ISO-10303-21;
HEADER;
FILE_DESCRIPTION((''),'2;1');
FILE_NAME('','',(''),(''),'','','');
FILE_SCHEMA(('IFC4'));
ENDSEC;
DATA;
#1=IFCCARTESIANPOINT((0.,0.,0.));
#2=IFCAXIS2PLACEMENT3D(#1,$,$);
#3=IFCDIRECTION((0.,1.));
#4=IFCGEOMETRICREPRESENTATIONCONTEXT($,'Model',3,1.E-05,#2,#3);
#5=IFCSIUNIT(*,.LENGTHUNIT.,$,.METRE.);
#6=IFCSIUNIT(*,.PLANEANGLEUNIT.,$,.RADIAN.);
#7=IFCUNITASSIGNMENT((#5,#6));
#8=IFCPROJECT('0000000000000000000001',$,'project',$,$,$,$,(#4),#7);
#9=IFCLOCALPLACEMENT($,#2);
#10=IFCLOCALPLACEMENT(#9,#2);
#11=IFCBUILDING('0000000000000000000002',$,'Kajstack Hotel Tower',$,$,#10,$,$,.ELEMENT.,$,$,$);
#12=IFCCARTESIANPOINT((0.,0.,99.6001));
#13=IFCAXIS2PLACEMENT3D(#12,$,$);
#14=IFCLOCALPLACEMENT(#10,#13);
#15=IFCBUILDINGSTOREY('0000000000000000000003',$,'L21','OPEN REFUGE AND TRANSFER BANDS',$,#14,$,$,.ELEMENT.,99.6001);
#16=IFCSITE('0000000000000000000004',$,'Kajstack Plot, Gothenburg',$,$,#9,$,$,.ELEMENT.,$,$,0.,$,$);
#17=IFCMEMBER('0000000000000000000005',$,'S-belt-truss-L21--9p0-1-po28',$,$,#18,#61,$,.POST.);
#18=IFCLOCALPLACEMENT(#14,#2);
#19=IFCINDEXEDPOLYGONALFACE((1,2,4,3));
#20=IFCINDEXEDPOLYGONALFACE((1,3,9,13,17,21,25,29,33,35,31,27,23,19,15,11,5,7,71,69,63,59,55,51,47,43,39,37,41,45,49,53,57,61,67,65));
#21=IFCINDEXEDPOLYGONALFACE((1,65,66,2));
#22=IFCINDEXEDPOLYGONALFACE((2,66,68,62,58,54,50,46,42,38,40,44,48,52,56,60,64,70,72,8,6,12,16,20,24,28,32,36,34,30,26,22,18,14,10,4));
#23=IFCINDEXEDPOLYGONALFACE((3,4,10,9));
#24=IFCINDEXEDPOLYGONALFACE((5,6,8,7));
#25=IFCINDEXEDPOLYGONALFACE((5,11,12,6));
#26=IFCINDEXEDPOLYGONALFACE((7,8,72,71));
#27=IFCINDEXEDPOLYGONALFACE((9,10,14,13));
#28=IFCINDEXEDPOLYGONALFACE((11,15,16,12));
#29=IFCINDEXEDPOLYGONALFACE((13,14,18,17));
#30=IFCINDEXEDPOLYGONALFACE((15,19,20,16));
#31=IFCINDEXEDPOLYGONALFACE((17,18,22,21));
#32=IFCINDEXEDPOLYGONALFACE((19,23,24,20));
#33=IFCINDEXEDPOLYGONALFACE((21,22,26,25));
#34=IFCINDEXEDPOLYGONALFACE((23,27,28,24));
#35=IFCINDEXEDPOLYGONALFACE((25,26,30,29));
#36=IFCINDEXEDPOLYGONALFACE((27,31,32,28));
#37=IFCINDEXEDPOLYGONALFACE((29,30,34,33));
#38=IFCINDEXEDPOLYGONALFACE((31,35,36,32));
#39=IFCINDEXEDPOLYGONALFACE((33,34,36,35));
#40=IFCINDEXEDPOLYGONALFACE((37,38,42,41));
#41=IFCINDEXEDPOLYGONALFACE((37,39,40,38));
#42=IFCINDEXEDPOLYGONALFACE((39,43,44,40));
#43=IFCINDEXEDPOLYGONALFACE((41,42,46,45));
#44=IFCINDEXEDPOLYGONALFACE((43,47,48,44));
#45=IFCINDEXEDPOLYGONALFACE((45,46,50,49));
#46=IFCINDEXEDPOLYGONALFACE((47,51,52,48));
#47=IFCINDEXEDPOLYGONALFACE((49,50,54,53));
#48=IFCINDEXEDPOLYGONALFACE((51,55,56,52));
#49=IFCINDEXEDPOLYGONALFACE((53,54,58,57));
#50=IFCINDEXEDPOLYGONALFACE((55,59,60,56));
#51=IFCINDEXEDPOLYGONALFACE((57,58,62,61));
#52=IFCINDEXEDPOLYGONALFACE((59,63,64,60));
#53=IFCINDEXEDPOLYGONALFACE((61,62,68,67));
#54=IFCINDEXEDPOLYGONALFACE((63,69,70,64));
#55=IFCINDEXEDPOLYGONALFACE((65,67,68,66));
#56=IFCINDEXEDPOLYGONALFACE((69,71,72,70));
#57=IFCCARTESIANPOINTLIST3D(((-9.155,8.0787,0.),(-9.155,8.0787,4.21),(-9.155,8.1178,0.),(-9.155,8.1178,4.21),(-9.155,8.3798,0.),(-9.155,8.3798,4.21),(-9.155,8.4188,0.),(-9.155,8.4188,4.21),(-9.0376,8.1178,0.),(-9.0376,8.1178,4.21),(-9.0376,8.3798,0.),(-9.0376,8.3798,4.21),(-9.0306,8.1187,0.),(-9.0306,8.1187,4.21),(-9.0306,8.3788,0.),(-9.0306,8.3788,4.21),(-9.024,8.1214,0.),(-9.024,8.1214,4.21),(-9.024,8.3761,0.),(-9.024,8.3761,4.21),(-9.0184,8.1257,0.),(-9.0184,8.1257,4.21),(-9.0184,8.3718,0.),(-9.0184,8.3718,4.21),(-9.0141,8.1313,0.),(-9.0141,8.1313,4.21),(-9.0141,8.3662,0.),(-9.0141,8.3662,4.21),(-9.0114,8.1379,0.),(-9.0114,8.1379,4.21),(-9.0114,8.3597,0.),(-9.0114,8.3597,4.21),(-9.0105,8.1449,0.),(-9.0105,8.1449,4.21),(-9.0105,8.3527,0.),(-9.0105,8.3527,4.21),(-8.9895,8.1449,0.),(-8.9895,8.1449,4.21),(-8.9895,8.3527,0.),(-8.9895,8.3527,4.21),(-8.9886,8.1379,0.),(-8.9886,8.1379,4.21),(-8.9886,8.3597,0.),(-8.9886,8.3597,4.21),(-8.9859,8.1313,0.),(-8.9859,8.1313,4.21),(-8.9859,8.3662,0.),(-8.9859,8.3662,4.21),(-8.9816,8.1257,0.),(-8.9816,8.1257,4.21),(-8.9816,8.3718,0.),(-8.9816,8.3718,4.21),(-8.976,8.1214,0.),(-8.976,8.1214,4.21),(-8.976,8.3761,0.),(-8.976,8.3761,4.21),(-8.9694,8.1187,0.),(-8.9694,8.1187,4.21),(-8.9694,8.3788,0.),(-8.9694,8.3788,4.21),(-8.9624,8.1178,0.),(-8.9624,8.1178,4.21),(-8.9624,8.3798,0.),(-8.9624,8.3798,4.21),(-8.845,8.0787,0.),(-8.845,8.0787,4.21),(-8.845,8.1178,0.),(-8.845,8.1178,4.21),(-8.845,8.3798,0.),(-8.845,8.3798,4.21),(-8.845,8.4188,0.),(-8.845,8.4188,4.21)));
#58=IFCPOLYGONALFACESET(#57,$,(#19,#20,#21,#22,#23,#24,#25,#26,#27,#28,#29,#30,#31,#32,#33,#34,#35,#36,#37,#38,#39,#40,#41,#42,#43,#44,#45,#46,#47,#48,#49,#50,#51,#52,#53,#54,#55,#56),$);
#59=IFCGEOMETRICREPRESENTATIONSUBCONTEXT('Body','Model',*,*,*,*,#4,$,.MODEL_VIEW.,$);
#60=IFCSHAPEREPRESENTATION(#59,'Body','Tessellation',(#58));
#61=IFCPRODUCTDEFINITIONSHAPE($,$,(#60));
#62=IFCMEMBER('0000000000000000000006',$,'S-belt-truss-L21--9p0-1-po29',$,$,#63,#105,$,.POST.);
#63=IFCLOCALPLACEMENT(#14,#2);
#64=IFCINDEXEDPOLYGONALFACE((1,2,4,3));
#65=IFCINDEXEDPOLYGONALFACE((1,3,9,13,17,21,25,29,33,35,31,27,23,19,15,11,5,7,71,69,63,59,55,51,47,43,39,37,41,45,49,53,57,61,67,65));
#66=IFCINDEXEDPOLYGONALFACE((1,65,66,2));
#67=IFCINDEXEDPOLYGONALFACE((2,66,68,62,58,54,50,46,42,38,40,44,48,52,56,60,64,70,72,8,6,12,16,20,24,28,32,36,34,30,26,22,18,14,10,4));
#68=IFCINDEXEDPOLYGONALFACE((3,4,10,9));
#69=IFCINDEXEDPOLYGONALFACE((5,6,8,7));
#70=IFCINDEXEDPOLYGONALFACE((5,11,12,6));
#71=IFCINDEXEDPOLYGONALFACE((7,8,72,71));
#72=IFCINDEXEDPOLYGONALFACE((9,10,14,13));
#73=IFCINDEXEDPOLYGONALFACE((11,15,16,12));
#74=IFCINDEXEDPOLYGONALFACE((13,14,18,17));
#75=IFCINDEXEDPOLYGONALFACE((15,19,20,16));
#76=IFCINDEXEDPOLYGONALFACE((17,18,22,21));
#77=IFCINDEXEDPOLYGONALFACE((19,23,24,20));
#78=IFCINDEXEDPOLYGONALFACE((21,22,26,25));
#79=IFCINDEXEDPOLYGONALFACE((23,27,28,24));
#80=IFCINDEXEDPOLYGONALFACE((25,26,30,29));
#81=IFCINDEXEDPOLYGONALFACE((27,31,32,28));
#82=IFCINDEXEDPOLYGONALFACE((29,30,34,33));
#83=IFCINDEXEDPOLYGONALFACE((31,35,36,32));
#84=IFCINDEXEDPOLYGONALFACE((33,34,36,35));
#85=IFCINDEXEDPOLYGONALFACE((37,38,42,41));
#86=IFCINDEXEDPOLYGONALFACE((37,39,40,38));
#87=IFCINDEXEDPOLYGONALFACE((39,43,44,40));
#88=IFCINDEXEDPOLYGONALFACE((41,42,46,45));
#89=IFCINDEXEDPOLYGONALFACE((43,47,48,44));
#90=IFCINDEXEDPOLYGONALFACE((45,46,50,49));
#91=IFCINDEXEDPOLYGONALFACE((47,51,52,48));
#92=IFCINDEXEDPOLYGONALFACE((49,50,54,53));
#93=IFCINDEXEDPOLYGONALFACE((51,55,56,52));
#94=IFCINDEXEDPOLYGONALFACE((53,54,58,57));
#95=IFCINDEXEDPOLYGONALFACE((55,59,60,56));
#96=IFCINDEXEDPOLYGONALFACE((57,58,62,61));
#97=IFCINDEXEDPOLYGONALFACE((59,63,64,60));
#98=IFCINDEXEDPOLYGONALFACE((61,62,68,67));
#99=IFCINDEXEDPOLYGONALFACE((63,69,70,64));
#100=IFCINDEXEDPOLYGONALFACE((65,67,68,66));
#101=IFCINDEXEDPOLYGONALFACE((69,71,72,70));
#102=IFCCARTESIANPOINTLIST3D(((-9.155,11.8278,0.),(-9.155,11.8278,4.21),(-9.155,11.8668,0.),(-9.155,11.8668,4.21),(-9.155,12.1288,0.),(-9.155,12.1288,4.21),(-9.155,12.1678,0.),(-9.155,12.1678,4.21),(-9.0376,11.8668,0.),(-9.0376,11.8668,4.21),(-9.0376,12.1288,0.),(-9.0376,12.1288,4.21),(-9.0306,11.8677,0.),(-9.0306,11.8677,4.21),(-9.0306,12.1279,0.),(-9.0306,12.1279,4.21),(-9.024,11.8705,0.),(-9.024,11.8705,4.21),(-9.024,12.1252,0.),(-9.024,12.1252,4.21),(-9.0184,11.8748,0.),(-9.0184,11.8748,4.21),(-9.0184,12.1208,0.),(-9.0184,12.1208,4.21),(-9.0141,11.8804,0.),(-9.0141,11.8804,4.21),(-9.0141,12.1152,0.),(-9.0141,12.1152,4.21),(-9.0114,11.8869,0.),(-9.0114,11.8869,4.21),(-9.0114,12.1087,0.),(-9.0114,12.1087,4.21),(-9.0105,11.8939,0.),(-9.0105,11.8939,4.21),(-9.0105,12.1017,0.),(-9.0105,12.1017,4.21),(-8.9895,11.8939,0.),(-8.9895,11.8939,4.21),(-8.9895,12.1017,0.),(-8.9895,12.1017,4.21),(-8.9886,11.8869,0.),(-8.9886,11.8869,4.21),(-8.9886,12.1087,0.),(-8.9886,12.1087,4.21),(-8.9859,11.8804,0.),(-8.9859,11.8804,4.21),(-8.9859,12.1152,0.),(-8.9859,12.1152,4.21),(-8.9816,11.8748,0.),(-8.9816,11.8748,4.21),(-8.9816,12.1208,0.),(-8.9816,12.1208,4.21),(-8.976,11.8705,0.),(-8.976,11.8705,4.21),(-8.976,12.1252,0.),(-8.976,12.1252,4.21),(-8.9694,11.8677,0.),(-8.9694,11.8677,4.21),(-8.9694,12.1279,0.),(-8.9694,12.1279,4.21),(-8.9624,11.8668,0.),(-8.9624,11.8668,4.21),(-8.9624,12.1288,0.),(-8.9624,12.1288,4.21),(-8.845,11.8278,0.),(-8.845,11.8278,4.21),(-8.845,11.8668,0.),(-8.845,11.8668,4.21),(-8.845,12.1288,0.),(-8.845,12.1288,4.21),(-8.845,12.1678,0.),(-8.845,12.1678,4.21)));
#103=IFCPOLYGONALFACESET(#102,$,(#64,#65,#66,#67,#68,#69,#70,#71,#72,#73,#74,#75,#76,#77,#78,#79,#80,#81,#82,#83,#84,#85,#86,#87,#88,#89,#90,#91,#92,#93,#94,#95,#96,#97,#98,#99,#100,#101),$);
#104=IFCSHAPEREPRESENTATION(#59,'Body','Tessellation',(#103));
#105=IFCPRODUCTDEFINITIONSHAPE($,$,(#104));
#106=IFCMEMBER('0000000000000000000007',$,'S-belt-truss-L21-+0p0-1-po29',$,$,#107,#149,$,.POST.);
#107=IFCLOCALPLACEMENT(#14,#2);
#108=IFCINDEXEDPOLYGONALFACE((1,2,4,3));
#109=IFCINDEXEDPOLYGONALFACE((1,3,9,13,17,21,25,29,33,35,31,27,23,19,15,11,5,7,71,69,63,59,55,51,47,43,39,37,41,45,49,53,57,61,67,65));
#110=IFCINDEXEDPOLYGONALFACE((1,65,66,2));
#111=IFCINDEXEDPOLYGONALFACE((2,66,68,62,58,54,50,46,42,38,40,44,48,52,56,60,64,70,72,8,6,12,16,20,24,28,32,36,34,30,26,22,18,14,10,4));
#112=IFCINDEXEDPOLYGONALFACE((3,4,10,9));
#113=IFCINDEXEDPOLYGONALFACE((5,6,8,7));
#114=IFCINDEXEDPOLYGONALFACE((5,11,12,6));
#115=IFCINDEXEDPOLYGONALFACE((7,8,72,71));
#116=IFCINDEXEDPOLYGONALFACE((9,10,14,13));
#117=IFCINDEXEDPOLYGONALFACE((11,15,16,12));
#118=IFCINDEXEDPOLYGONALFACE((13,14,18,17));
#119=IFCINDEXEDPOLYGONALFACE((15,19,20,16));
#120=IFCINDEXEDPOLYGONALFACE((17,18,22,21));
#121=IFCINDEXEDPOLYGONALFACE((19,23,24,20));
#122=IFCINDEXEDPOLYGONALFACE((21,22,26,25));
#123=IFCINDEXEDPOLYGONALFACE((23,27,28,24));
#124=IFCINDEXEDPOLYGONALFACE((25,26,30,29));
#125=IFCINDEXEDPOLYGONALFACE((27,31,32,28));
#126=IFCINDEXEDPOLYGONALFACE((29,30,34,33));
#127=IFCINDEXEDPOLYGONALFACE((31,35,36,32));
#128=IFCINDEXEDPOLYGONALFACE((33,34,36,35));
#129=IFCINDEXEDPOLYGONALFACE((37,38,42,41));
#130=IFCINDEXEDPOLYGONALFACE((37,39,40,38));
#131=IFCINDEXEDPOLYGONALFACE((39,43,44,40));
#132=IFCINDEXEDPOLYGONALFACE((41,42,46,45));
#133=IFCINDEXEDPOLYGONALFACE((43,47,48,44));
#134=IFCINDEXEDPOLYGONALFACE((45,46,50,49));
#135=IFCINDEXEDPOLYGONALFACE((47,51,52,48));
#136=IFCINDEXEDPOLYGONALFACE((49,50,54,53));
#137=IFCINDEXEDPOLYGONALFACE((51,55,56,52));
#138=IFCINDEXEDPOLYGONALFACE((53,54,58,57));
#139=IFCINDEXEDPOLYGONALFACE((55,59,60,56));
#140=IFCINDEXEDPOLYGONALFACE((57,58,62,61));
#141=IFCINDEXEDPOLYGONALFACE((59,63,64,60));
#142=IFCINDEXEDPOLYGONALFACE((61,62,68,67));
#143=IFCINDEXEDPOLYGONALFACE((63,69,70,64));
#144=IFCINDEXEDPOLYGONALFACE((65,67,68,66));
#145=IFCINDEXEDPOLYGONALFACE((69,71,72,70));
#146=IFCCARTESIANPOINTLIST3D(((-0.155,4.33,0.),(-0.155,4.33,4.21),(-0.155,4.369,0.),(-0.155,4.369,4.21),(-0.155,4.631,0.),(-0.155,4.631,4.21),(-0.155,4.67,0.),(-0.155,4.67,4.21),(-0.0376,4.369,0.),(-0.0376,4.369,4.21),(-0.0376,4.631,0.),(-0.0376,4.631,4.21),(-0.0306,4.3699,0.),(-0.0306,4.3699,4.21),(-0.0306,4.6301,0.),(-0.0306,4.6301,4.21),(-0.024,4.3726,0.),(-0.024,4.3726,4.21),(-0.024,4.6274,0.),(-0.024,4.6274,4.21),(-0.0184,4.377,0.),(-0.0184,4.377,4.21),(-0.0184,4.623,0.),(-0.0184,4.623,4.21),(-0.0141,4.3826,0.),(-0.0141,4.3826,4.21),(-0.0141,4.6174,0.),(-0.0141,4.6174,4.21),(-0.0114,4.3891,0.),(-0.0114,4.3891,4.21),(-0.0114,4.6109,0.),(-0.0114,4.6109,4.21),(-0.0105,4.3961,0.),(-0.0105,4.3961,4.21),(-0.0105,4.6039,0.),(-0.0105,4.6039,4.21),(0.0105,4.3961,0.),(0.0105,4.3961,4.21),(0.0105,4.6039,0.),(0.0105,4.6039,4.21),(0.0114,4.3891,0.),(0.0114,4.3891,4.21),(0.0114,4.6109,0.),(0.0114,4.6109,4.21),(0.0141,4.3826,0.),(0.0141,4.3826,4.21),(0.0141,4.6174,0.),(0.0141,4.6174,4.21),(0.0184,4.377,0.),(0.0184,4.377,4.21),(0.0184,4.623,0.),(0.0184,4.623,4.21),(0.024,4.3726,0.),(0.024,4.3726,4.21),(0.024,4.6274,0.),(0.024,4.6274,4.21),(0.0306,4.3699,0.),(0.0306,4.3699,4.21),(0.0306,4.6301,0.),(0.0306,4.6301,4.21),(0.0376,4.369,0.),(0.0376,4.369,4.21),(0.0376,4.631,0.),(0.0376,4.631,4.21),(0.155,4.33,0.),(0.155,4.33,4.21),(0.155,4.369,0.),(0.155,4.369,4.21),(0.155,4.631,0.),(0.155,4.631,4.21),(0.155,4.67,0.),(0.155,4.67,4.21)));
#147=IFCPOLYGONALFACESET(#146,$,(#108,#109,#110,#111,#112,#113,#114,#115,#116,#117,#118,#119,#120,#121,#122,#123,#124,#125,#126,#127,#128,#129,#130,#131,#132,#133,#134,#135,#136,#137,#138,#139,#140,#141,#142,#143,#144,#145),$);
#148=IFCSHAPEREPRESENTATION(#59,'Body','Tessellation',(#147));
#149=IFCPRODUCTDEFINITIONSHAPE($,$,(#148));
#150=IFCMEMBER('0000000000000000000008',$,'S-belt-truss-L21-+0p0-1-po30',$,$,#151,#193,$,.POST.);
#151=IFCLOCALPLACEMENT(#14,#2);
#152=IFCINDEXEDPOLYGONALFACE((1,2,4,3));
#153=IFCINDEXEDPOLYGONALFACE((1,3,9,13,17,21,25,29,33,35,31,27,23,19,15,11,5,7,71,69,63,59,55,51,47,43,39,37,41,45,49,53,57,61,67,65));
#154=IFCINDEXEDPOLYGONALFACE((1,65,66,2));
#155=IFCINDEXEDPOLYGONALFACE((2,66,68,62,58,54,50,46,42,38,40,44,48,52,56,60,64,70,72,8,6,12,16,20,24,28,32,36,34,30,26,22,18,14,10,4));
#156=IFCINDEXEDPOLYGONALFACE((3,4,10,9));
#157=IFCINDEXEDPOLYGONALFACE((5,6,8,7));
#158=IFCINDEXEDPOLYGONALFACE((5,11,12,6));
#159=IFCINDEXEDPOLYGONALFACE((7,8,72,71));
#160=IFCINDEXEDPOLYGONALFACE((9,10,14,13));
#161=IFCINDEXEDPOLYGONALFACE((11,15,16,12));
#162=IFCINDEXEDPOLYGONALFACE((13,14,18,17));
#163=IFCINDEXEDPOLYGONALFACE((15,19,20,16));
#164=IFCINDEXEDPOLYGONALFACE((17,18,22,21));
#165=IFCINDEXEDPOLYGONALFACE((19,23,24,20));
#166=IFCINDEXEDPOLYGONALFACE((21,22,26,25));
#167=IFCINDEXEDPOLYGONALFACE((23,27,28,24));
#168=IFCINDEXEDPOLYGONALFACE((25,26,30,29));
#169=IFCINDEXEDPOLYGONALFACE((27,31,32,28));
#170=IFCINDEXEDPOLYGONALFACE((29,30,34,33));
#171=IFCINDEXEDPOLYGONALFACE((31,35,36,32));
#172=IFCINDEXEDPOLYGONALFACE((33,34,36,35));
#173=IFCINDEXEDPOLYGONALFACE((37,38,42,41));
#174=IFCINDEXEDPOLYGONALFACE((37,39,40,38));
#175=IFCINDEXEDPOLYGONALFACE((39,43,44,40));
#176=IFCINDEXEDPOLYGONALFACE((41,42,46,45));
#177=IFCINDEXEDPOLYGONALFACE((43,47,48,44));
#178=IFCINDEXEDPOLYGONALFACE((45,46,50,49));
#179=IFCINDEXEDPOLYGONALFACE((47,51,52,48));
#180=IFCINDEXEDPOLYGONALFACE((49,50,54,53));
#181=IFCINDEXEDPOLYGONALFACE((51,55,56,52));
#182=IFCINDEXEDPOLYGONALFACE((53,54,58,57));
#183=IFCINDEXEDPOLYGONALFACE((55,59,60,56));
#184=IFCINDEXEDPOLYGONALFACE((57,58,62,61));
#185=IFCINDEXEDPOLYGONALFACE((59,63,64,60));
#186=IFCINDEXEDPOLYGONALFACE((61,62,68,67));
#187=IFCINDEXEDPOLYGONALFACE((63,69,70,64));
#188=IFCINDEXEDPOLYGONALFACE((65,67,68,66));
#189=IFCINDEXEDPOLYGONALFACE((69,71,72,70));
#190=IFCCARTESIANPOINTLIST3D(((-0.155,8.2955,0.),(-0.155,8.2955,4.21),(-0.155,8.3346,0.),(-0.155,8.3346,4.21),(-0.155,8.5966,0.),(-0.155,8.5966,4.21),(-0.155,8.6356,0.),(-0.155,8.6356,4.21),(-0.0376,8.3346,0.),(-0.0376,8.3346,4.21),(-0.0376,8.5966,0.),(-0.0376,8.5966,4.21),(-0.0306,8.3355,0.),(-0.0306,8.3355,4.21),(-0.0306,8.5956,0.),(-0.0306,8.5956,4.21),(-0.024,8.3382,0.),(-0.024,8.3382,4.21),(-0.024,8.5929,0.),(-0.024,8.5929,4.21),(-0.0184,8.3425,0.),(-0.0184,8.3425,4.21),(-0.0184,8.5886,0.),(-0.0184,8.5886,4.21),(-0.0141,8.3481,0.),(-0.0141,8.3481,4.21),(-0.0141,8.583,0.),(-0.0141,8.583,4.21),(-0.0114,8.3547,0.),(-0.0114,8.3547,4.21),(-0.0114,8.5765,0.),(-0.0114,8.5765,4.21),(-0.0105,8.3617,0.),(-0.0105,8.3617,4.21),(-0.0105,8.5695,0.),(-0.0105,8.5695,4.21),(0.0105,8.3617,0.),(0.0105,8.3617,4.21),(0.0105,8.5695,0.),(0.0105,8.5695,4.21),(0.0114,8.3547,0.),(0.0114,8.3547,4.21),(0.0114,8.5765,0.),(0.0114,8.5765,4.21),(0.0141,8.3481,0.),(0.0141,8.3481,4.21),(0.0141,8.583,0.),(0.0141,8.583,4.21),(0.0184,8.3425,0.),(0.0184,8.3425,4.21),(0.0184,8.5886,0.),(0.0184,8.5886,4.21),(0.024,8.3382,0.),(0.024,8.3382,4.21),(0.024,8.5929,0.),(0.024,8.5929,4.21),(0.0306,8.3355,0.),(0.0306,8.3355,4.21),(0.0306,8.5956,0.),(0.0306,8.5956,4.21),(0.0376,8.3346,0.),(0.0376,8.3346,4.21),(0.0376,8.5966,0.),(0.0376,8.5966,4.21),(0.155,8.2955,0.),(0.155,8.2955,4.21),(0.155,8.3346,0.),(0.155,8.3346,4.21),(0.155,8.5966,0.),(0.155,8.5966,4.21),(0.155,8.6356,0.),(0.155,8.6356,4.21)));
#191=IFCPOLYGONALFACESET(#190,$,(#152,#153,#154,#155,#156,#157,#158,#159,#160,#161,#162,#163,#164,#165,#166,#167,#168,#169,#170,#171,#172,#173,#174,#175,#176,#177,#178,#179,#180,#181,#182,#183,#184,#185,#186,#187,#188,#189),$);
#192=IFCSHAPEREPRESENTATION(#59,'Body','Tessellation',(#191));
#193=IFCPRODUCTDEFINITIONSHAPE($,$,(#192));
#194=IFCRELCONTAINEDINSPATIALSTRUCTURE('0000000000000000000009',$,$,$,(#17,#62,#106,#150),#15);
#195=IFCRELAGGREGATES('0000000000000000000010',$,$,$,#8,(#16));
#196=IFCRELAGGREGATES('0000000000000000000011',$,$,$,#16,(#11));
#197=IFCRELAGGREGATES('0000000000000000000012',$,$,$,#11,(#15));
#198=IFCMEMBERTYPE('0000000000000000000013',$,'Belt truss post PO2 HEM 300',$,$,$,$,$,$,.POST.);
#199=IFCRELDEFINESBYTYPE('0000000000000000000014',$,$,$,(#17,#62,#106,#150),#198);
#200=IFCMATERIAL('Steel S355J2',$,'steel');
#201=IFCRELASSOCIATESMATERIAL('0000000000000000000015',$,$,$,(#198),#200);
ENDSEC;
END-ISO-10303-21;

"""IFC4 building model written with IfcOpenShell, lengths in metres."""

from ifc_helpers import new_model, si_unit, direction, frame, origin, origin_2d, place, context, subcontext, project, spatial, i_section, extrude, material, material_profile, profile_set, type_object, element, save


model = new_model("IFC4")

# Units and contexts
model_context = context("Model", 3, precision=1e-05, world=origin(), true_north=direction((0.0, 1.0)))
body_context = subcontext(model_context, "Body", "Model", "MODEL_VIEW")
ifc_project = project(units=[si_unit("LENGTHUNIT", "METRE"), si_unit("PLANEANGLEUNIT", "RADIAN")], contexts=[model_context])

# Site, building, storey
site_placement = place(None, origin())
site = spatial("IfcSite", under=ifc_project, at=site_placement, Name="Kajstack Plot, Gothenburg", CompositionType="ELEMENT", RefElevation=0.0)
building_placement = place(site_placement, origin())
building = spatial("IfcBuilding", under=site, at=building_placement, Name="Kajstack Hotel Tower", CompositionType="ELEMENT")
storey_placement = place(building_placement, frame((0.0, 0.0, 99.6001)))
storey = spatial("IfcBuildingStorey", under=building, at=storey_placement, Name="L21", Description="OPEN REFUGE AND TRANSFER BANDS", CompositionType="ELEMENT", Elevation=99.6001)

# Members
ifc_material_1 = material(Name="Steel S355J2", Category="steel")
ifc_material_profile_1 = material_profile(ifc_material_1, i_section(OverallWidth=0.3101, OverallDepth=0.3401, WebThickness=0.021, FlangeThickness=0.0391, FilletRadius=0.0271, at=origin_2d()), Name="HEM 300")
ifc_profile_set_1 = profile_set([ifc_material_profile_1], Name="Steel S355J2")
member_type_1 = type_object("IfcMemberType", Name="Belt truss post PO2 HEM 300", PredefinedType="POST", material=ifc_profile_set_1)
for number, where, z_axis, x_axis, name in (
    (1, (-9.0, 8.2488, 0.0), (0.0, 0.0, 1.0), (1.0, 0.0, 0.0), "S-belt-truss-L21--9p0-1-po28"),
    (2, (-9.0, 11.9978, 0.0), (0.0, 0.0, 1.0), (1.0, 0.0, 0.0), "S-belt-truss-L21--9p0-1-po29"),
    (3, (0.0, 4.5, 0.0), (0.0, 0.0, 1.0), (1.0, 0.0, 0.0), "S-belt-truss-L21-+0p0-1-po29"),
    (4, (0.0, 8.4656, 0.0), (0.0, 0.0, 1.0), (1.0, 0.0, 0.0), "S-belt-truss-L21-+0p0-1-po30"),
):
    element("IfcMember", number, at=place(storey_placement, frame(where, z_axis=z_axis, x_axis=x_axis)), inside=storey, type_object=member_type_1, Name=name, PredefinedType="POST", context=body_context, shape_type="SweptSolid", body=[
        extrude(i_section(OverallWidth=0.3101, OverallDepth=0.3401, WebThickness=0.021, FlangeThickness=0.0391, FilletRadius=0.0271, at=origin_2d()), origin(), (0.0, 0.0, 1.0), 4.21),
    ])

save(model, "model.ifc")
